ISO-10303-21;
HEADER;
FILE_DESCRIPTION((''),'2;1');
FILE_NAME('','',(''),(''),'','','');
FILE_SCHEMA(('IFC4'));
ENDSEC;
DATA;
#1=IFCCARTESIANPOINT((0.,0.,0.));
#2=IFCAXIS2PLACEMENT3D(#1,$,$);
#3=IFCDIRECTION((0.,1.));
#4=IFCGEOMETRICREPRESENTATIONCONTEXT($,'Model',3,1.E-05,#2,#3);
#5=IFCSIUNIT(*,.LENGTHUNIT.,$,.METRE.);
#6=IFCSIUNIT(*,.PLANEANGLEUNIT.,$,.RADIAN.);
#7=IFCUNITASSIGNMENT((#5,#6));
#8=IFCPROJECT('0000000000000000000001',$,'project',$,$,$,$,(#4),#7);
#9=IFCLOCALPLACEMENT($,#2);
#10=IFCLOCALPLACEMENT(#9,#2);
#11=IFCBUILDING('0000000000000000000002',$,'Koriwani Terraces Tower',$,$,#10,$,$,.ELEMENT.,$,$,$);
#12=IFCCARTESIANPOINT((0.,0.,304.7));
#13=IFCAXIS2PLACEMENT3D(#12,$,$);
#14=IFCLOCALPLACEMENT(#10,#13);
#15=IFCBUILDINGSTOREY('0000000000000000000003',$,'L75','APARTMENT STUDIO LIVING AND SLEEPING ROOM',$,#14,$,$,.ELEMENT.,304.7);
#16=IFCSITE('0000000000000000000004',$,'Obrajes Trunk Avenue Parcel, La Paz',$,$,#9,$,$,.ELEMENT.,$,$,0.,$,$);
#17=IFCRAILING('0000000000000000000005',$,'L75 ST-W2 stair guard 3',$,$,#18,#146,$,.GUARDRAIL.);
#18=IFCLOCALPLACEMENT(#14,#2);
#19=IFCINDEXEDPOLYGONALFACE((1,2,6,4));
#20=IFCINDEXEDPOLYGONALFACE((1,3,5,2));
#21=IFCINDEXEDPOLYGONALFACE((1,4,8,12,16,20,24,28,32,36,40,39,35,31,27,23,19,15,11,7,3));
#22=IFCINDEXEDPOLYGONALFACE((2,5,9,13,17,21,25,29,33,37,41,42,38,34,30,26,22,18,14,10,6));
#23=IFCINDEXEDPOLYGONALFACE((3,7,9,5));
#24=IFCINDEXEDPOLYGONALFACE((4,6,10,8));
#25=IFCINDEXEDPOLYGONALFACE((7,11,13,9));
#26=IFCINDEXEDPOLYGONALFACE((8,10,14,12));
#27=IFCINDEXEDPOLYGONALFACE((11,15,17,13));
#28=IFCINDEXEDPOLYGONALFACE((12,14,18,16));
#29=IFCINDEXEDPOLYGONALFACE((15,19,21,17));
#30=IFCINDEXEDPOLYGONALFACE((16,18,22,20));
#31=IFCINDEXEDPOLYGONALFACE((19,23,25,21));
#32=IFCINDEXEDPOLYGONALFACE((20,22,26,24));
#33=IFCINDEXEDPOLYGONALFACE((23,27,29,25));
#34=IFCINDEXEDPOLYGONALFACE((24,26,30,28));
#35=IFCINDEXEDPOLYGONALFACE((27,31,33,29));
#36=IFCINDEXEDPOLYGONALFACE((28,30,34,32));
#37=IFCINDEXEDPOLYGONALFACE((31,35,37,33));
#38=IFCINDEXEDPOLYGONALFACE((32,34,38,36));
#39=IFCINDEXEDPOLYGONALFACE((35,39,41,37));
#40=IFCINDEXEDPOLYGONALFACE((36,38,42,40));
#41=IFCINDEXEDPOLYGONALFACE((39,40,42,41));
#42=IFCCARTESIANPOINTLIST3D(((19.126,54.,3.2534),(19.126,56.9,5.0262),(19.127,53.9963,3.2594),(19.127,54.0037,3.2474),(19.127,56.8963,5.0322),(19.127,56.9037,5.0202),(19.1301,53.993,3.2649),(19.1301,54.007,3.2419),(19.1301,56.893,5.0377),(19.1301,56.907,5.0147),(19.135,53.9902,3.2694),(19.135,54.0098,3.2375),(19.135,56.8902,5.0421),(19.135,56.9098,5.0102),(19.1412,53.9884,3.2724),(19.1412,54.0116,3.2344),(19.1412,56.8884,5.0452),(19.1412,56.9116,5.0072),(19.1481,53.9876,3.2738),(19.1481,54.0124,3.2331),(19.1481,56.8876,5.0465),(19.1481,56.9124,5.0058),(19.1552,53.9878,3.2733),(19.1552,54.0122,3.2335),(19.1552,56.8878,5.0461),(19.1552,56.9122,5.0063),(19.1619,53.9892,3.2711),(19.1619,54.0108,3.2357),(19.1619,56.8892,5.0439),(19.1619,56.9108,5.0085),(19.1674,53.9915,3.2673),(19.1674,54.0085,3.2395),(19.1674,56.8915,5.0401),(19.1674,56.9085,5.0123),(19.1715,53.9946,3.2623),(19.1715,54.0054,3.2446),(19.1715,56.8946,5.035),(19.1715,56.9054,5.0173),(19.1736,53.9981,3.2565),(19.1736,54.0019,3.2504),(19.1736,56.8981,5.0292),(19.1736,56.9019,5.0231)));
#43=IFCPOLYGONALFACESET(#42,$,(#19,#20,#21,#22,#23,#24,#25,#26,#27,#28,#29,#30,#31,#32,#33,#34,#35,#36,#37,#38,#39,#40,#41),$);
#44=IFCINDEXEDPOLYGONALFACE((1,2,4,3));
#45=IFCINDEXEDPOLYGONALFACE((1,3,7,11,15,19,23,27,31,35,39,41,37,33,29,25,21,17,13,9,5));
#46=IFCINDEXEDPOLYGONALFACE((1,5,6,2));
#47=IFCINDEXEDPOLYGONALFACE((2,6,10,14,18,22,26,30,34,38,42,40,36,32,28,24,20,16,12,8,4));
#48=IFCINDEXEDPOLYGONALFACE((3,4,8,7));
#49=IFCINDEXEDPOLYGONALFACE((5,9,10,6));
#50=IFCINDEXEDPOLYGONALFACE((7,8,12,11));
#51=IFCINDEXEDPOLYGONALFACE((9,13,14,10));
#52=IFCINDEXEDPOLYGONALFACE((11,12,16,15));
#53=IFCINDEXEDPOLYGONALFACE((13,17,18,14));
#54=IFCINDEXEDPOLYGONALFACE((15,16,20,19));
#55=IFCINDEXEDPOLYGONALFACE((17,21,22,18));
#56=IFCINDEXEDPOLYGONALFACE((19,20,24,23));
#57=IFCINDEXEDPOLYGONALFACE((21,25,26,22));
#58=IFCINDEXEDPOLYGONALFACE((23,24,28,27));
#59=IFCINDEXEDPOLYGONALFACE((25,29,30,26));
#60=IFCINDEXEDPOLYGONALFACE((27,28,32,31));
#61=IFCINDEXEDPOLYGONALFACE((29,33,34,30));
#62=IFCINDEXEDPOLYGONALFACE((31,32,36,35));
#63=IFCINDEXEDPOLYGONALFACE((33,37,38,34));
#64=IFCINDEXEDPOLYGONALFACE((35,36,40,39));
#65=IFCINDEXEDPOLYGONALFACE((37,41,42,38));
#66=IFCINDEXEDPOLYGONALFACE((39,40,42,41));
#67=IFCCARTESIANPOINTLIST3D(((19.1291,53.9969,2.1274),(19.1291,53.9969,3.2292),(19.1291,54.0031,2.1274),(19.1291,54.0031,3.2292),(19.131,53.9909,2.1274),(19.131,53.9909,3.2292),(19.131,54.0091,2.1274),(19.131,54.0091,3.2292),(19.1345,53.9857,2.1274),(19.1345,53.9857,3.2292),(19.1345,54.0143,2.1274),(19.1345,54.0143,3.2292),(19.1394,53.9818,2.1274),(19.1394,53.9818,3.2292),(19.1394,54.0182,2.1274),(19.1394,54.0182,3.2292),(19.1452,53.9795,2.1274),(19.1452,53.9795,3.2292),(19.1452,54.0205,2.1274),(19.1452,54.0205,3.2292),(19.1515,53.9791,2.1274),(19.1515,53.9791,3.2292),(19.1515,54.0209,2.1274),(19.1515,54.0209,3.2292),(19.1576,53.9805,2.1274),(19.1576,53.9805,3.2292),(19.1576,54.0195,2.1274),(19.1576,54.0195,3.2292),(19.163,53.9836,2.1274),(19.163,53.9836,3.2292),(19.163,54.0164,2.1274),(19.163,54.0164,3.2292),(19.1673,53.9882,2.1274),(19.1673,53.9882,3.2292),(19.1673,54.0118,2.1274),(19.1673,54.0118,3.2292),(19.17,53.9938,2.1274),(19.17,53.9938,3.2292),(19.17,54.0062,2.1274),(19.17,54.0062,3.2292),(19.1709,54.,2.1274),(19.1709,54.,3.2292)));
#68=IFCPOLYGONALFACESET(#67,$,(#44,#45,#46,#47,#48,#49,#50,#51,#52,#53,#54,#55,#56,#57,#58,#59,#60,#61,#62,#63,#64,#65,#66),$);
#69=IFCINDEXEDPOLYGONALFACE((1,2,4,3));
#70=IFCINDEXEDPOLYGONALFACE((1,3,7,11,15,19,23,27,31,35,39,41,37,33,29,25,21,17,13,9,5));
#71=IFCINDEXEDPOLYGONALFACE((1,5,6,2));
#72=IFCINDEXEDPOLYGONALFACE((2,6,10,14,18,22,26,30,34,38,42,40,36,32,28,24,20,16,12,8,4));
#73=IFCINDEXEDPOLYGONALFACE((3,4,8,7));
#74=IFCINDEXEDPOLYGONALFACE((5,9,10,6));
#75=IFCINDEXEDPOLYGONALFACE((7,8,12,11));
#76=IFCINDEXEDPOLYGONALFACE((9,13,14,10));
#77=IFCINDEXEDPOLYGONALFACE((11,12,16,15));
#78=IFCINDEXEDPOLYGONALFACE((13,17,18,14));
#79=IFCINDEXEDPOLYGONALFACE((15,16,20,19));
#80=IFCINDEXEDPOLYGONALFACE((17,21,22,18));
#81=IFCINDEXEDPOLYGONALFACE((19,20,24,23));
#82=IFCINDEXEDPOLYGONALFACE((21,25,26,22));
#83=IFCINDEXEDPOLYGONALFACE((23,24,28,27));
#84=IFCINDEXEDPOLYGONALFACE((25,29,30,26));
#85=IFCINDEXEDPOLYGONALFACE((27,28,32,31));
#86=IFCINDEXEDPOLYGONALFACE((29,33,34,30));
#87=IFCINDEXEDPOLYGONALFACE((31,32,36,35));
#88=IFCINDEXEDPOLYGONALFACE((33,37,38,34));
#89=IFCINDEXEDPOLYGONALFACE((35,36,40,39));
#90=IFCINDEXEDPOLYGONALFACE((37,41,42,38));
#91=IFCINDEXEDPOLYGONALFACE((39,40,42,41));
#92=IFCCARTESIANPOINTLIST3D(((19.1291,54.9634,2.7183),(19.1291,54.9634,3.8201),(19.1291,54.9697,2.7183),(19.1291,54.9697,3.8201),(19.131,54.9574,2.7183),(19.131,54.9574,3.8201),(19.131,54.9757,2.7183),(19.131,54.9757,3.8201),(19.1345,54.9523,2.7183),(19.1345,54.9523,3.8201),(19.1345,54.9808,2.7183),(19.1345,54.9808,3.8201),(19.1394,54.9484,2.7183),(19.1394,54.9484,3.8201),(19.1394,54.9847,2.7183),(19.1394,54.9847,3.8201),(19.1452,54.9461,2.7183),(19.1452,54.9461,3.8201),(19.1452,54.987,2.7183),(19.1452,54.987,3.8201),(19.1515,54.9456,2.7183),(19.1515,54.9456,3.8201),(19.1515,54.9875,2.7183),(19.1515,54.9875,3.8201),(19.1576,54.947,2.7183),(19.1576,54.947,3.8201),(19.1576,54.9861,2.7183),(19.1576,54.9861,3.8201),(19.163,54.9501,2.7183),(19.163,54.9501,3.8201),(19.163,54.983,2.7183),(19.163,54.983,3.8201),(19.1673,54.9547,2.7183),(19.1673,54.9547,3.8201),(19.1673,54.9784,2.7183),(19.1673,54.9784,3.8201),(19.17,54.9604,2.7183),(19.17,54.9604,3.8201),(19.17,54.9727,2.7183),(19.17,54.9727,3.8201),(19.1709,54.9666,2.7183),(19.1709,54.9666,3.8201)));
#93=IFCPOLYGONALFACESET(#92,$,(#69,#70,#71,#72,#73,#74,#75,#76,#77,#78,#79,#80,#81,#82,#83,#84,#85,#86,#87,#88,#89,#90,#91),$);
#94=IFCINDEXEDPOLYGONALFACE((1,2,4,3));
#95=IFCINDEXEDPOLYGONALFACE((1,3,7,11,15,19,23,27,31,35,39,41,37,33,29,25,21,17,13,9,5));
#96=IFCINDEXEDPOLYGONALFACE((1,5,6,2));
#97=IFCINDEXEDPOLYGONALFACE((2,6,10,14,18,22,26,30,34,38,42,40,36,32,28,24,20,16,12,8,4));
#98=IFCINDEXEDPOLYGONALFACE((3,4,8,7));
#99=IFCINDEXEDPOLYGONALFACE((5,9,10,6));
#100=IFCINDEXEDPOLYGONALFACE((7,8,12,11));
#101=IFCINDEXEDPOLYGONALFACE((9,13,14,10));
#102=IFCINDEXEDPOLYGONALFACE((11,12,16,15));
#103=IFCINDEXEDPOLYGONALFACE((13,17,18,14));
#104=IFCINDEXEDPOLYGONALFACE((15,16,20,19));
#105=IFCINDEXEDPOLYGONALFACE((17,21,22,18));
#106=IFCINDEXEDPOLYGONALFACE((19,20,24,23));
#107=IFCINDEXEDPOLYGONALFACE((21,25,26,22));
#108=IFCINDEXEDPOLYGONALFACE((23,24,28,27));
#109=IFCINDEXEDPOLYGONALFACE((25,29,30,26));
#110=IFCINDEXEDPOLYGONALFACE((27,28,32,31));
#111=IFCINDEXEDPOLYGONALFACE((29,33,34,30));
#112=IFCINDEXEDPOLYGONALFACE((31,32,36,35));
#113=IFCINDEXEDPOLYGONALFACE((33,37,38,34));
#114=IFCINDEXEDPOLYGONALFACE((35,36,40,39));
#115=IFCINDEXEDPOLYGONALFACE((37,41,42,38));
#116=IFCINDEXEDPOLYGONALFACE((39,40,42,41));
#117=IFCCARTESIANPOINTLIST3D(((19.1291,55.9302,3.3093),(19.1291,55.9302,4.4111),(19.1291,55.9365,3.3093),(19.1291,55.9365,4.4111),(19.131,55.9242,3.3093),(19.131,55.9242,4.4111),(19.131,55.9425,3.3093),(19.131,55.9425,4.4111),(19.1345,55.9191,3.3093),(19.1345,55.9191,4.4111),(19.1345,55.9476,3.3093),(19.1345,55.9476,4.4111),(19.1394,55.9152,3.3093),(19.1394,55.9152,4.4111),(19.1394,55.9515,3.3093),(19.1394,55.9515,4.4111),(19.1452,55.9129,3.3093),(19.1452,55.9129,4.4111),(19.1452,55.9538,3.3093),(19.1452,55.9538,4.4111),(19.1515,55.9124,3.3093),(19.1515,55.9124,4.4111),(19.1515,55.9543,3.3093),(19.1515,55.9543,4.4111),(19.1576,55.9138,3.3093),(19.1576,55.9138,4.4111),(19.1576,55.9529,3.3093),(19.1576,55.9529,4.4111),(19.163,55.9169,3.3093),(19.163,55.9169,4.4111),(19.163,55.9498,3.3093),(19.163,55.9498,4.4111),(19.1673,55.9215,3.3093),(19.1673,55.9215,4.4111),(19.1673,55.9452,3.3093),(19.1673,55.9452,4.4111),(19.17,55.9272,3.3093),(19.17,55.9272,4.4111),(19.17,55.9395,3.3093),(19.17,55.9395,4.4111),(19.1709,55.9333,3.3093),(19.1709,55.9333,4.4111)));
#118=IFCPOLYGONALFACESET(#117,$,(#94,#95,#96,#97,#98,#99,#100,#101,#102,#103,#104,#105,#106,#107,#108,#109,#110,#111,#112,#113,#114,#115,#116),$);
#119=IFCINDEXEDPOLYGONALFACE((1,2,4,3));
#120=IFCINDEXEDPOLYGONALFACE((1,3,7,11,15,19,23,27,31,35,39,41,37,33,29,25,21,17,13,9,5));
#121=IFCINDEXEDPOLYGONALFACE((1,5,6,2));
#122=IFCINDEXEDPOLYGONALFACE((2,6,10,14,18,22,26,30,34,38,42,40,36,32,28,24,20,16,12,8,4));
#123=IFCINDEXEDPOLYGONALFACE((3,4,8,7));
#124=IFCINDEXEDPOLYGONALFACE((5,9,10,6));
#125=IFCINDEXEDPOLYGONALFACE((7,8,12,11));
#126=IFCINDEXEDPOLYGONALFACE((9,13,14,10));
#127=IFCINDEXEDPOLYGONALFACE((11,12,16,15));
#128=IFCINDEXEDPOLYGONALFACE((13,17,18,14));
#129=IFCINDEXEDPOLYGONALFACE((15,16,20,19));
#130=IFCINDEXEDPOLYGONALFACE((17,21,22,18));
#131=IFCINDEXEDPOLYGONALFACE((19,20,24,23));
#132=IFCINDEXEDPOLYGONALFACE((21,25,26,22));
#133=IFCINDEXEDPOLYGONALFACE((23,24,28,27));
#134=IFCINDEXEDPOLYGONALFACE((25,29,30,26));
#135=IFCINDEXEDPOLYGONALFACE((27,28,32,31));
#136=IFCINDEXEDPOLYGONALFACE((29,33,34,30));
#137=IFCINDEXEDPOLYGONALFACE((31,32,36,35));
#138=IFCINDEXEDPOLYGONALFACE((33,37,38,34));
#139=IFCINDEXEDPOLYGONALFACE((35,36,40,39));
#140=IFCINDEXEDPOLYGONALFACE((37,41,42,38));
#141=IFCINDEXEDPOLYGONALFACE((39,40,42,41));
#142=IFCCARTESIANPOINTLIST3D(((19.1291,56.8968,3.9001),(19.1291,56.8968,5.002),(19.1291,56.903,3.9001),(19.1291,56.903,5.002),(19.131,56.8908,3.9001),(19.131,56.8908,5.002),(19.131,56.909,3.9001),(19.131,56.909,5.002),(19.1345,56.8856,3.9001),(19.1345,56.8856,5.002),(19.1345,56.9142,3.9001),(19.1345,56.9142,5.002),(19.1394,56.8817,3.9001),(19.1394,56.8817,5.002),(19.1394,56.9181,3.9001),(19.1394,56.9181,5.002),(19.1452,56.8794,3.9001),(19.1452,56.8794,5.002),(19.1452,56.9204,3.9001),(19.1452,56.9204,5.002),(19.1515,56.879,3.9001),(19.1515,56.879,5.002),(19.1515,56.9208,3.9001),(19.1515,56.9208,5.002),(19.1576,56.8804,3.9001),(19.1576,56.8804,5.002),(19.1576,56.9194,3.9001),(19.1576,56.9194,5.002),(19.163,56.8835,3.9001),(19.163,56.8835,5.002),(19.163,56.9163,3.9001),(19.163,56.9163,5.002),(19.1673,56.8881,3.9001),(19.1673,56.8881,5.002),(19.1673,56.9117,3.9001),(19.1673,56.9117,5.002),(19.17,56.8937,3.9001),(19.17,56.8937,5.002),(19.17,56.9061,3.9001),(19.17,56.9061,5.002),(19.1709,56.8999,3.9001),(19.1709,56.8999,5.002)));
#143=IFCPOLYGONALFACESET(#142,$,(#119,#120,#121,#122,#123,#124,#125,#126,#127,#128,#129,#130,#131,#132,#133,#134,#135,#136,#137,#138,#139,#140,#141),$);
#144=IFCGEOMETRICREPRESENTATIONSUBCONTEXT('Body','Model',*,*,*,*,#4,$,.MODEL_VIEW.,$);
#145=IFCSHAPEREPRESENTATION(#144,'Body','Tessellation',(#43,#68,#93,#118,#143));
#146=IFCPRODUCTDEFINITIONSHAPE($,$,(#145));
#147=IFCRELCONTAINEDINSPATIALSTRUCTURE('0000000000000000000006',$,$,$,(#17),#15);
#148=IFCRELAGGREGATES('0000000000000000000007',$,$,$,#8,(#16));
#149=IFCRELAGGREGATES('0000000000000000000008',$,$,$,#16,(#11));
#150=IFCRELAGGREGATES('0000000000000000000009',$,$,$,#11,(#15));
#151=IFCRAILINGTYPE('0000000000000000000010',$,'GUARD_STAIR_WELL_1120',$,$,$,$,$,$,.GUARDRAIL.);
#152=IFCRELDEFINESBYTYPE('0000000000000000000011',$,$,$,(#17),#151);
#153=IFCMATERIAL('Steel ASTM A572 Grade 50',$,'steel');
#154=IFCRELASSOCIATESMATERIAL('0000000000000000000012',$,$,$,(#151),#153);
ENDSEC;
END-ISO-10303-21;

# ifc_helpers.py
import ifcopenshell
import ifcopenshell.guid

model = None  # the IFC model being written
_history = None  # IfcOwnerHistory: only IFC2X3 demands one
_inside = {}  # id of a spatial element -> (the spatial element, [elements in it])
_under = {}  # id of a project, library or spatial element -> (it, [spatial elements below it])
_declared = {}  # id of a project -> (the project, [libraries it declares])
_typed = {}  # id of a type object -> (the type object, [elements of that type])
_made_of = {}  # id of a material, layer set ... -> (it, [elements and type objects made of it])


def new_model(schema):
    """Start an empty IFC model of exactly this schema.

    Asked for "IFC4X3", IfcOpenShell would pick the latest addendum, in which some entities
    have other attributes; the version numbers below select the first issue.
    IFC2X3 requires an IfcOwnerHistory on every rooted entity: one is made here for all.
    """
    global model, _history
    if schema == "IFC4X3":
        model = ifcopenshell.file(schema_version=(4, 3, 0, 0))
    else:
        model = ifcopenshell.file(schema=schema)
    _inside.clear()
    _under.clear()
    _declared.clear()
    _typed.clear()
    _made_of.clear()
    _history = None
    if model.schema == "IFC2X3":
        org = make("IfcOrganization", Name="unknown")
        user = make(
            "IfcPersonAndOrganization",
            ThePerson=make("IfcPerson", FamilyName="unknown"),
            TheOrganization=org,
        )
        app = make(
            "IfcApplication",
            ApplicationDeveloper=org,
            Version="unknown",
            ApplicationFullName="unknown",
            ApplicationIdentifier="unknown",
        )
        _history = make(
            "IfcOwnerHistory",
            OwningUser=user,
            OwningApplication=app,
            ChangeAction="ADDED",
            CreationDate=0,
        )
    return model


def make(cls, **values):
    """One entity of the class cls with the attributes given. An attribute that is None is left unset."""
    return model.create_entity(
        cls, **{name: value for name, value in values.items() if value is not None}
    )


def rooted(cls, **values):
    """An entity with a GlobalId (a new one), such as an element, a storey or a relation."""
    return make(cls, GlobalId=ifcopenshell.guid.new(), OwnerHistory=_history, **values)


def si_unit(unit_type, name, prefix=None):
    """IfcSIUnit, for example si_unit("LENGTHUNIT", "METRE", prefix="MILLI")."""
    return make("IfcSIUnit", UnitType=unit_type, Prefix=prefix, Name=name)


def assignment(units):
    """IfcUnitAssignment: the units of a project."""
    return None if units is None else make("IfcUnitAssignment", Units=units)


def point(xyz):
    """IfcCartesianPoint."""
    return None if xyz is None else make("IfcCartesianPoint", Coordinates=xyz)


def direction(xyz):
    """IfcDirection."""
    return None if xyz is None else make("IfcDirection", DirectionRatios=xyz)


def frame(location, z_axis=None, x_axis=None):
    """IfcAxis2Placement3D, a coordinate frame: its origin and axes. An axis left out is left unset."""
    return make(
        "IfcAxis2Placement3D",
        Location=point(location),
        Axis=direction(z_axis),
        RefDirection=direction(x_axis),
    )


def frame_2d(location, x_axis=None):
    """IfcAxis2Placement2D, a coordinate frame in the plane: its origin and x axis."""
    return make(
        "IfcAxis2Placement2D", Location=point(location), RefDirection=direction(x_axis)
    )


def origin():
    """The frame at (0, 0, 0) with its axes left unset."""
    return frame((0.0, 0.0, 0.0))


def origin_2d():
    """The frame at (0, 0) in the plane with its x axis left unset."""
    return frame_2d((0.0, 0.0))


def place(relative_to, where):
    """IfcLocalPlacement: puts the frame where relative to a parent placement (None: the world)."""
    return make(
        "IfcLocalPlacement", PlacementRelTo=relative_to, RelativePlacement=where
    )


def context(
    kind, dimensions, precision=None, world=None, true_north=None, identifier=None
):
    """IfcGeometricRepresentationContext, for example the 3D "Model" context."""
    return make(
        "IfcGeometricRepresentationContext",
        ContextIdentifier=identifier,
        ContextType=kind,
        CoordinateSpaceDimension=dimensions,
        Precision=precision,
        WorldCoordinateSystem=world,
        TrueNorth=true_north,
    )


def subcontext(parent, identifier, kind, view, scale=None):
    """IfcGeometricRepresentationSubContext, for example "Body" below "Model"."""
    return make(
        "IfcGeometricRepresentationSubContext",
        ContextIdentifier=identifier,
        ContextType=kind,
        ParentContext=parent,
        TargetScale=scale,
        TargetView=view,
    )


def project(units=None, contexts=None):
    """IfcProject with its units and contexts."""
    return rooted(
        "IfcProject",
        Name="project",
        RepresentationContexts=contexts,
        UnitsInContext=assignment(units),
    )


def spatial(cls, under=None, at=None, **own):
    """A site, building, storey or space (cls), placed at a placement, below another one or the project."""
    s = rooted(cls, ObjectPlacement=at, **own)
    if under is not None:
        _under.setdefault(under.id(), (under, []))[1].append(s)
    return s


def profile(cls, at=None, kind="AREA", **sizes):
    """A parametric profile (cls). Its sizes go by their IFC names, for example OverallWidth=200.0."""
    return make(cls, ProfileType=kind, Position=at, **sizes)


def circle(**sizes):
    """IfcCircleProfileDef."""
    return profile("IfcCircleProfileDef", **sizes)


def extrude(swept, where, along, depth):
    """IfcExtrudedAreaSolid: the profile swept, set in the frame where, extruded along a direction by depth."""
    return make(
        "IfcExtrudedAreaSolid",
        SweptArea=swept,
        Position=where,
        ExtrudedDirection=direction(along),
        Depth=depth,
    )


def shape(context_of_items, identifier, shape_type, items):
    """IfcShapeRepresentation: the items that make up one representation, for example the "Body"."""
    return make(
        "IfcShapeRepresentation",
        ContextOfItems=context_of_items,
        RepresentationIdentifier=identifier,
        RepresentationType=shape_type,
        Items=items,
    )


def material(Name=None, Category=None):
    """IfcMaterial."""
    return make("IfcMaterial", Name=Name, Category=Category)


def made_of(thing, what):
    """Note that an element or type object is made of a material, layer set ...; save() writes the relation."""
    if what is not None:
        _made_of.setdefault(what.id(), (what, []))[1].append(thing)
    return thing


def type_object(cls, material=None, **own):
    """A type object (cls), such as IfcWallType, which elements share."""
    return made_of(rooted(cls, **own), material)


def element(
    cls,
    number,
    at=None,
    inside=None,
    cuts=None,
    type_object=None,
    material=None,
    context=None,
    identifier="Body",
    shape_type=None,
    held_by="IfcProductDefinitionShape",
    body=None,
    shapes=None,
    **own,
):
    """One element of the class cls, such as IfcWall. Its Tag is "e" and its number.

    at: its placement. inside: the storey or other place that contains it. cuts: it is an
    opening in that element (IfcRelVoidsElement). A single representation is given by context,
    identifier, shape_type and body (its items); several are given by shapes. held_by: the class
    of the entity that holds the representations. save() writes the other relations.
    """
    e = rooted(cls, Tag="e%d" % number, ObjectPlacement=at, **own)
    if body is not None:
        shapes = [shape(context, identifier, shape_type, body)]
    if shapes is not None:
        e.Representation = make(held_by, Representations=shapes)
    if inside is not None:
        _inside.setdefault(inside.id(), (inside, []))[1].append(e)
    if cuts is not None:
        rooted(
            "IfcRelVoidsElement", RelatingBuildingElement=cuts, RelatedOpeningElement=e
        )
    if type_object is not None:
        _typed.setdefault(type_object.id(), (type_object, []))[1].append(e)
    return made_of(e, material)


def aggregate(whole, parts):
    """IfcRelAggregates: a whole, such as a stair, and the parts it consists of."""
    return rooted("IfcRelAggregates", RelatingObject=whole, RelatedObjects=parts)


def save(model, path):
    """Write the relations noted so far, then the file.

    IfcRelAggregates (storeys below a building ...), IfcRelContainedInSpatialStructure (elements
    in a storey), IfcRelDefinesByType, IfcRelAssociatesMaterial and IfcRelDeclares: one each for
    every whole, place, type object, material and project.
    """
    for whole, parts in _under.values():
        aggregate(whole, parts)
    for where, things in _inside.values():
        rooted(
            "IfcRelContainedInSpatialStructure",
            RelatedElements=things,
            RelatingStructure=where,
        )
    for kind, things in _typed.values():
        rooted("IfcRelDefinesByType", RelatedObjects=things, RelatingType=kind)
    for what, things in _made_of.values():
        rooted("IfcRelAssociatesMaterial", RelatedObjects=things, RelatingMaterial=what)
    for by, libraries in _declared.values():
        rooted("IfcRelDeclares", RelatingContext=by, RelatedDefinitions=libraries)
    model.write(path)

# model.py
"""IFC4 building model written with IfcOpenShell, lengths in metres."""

from ifc_helpers import new_model, si_unit, direction, frame, origin, origin_2d, place, context, subcontext, project, spatial, circle, extrude, material, type_object, element, save


model = new_model("IFC4")

# Units and contexts
model_context = context("Model", 3, precision=1e-05, world=origin(), true_north=direction((0.0, 1.0)))
body_context = subcontext(model_context, "Body", "Model", "MODEL_VIEW")
ifc_project = project(units=[si_unit("LENGTHUNIT", "METRE"), si_unit("PLANEANGLEUNIT", "RADIAN")], contexts=[model_context])

# Site, building, storey
site_placement = place(None, origin())
site = spatial("IfcSite", under=ifc_project, at=site_placement, Name="Obrajes Trunk Avenue Parcel, La Paz", CompositionType="ELEMENT", RefElevation=0.0)
building_placement = place(site_placement, origin())
building = spatial("IfcBuilding", under=site, at=building_placement, Name="Koriwani Terraces Tower", CompositionType="ELEMENT")
storey_placement = place(building_placement, frame((0.0, 0.0, 304.7)))
storey = spatial("IfcBuildingStorey", under=building, at=storey_placement, Name="L75", Description="APARTMENT STUDIO LIVING AND SLEEPING ROOM", CompositionType="ELEMENT", Elevation=304.7)

# Shared definitions
ifc_material_1 = material(Name="Steel ASTM A572 Grade 50", Category="steel")

# Railing
railing_type_1 = type_object("IfcRailingType", Name="GUARD_STAIR_WELL_1120", PredefinedType="GUARDRAIL", material=ifc_material_1)
railing_1_placement = place(storey_placement, frame((19.1499, 54.0, 2.1274)))
element("IfcRailing", 1, at=railing_1_placement, inside=storey, type_object=railing_type_1, Name="L75 ST-W2 stair guard 3", PredefinedType="GUARDRAIL", context=body_context, shape_type="SweptSolid", body=[
    extrude(circle(Radius=0.0239, at=origin_2d()), frame((0.0, 0.0, 1.126), z_axis=(0.0, 0.853211, 0.521566), x_axis=(-1.0, 0.0, 0.0)), (0.0, 0.0, 1.0), 3.3989),
    extrude(circle(Radius=0.021, at=origin_2d()), origin(), (0.0, 0.0, 1.0), 1.1018),
    extrude(circle(Radius=0.021, at=origin_2d()), frame((0.0, 0.9666, 0.5908)), (0.0, 0.0, 1.0), 1.1018),
    extrude(circle(Radius=0.021, at=origin_2d()), frame((0.0, 1.9333, 1.1819)), (0.0, 0.0, 1.0), 1.1018),
    extrude(circle(Radius=0.021, at=origin_2d()), frame((0.0, 2.8999, 1.7727)), (0.0, 0.0, 1.0), 1.1018),
])

save(model, "model.ifc")
